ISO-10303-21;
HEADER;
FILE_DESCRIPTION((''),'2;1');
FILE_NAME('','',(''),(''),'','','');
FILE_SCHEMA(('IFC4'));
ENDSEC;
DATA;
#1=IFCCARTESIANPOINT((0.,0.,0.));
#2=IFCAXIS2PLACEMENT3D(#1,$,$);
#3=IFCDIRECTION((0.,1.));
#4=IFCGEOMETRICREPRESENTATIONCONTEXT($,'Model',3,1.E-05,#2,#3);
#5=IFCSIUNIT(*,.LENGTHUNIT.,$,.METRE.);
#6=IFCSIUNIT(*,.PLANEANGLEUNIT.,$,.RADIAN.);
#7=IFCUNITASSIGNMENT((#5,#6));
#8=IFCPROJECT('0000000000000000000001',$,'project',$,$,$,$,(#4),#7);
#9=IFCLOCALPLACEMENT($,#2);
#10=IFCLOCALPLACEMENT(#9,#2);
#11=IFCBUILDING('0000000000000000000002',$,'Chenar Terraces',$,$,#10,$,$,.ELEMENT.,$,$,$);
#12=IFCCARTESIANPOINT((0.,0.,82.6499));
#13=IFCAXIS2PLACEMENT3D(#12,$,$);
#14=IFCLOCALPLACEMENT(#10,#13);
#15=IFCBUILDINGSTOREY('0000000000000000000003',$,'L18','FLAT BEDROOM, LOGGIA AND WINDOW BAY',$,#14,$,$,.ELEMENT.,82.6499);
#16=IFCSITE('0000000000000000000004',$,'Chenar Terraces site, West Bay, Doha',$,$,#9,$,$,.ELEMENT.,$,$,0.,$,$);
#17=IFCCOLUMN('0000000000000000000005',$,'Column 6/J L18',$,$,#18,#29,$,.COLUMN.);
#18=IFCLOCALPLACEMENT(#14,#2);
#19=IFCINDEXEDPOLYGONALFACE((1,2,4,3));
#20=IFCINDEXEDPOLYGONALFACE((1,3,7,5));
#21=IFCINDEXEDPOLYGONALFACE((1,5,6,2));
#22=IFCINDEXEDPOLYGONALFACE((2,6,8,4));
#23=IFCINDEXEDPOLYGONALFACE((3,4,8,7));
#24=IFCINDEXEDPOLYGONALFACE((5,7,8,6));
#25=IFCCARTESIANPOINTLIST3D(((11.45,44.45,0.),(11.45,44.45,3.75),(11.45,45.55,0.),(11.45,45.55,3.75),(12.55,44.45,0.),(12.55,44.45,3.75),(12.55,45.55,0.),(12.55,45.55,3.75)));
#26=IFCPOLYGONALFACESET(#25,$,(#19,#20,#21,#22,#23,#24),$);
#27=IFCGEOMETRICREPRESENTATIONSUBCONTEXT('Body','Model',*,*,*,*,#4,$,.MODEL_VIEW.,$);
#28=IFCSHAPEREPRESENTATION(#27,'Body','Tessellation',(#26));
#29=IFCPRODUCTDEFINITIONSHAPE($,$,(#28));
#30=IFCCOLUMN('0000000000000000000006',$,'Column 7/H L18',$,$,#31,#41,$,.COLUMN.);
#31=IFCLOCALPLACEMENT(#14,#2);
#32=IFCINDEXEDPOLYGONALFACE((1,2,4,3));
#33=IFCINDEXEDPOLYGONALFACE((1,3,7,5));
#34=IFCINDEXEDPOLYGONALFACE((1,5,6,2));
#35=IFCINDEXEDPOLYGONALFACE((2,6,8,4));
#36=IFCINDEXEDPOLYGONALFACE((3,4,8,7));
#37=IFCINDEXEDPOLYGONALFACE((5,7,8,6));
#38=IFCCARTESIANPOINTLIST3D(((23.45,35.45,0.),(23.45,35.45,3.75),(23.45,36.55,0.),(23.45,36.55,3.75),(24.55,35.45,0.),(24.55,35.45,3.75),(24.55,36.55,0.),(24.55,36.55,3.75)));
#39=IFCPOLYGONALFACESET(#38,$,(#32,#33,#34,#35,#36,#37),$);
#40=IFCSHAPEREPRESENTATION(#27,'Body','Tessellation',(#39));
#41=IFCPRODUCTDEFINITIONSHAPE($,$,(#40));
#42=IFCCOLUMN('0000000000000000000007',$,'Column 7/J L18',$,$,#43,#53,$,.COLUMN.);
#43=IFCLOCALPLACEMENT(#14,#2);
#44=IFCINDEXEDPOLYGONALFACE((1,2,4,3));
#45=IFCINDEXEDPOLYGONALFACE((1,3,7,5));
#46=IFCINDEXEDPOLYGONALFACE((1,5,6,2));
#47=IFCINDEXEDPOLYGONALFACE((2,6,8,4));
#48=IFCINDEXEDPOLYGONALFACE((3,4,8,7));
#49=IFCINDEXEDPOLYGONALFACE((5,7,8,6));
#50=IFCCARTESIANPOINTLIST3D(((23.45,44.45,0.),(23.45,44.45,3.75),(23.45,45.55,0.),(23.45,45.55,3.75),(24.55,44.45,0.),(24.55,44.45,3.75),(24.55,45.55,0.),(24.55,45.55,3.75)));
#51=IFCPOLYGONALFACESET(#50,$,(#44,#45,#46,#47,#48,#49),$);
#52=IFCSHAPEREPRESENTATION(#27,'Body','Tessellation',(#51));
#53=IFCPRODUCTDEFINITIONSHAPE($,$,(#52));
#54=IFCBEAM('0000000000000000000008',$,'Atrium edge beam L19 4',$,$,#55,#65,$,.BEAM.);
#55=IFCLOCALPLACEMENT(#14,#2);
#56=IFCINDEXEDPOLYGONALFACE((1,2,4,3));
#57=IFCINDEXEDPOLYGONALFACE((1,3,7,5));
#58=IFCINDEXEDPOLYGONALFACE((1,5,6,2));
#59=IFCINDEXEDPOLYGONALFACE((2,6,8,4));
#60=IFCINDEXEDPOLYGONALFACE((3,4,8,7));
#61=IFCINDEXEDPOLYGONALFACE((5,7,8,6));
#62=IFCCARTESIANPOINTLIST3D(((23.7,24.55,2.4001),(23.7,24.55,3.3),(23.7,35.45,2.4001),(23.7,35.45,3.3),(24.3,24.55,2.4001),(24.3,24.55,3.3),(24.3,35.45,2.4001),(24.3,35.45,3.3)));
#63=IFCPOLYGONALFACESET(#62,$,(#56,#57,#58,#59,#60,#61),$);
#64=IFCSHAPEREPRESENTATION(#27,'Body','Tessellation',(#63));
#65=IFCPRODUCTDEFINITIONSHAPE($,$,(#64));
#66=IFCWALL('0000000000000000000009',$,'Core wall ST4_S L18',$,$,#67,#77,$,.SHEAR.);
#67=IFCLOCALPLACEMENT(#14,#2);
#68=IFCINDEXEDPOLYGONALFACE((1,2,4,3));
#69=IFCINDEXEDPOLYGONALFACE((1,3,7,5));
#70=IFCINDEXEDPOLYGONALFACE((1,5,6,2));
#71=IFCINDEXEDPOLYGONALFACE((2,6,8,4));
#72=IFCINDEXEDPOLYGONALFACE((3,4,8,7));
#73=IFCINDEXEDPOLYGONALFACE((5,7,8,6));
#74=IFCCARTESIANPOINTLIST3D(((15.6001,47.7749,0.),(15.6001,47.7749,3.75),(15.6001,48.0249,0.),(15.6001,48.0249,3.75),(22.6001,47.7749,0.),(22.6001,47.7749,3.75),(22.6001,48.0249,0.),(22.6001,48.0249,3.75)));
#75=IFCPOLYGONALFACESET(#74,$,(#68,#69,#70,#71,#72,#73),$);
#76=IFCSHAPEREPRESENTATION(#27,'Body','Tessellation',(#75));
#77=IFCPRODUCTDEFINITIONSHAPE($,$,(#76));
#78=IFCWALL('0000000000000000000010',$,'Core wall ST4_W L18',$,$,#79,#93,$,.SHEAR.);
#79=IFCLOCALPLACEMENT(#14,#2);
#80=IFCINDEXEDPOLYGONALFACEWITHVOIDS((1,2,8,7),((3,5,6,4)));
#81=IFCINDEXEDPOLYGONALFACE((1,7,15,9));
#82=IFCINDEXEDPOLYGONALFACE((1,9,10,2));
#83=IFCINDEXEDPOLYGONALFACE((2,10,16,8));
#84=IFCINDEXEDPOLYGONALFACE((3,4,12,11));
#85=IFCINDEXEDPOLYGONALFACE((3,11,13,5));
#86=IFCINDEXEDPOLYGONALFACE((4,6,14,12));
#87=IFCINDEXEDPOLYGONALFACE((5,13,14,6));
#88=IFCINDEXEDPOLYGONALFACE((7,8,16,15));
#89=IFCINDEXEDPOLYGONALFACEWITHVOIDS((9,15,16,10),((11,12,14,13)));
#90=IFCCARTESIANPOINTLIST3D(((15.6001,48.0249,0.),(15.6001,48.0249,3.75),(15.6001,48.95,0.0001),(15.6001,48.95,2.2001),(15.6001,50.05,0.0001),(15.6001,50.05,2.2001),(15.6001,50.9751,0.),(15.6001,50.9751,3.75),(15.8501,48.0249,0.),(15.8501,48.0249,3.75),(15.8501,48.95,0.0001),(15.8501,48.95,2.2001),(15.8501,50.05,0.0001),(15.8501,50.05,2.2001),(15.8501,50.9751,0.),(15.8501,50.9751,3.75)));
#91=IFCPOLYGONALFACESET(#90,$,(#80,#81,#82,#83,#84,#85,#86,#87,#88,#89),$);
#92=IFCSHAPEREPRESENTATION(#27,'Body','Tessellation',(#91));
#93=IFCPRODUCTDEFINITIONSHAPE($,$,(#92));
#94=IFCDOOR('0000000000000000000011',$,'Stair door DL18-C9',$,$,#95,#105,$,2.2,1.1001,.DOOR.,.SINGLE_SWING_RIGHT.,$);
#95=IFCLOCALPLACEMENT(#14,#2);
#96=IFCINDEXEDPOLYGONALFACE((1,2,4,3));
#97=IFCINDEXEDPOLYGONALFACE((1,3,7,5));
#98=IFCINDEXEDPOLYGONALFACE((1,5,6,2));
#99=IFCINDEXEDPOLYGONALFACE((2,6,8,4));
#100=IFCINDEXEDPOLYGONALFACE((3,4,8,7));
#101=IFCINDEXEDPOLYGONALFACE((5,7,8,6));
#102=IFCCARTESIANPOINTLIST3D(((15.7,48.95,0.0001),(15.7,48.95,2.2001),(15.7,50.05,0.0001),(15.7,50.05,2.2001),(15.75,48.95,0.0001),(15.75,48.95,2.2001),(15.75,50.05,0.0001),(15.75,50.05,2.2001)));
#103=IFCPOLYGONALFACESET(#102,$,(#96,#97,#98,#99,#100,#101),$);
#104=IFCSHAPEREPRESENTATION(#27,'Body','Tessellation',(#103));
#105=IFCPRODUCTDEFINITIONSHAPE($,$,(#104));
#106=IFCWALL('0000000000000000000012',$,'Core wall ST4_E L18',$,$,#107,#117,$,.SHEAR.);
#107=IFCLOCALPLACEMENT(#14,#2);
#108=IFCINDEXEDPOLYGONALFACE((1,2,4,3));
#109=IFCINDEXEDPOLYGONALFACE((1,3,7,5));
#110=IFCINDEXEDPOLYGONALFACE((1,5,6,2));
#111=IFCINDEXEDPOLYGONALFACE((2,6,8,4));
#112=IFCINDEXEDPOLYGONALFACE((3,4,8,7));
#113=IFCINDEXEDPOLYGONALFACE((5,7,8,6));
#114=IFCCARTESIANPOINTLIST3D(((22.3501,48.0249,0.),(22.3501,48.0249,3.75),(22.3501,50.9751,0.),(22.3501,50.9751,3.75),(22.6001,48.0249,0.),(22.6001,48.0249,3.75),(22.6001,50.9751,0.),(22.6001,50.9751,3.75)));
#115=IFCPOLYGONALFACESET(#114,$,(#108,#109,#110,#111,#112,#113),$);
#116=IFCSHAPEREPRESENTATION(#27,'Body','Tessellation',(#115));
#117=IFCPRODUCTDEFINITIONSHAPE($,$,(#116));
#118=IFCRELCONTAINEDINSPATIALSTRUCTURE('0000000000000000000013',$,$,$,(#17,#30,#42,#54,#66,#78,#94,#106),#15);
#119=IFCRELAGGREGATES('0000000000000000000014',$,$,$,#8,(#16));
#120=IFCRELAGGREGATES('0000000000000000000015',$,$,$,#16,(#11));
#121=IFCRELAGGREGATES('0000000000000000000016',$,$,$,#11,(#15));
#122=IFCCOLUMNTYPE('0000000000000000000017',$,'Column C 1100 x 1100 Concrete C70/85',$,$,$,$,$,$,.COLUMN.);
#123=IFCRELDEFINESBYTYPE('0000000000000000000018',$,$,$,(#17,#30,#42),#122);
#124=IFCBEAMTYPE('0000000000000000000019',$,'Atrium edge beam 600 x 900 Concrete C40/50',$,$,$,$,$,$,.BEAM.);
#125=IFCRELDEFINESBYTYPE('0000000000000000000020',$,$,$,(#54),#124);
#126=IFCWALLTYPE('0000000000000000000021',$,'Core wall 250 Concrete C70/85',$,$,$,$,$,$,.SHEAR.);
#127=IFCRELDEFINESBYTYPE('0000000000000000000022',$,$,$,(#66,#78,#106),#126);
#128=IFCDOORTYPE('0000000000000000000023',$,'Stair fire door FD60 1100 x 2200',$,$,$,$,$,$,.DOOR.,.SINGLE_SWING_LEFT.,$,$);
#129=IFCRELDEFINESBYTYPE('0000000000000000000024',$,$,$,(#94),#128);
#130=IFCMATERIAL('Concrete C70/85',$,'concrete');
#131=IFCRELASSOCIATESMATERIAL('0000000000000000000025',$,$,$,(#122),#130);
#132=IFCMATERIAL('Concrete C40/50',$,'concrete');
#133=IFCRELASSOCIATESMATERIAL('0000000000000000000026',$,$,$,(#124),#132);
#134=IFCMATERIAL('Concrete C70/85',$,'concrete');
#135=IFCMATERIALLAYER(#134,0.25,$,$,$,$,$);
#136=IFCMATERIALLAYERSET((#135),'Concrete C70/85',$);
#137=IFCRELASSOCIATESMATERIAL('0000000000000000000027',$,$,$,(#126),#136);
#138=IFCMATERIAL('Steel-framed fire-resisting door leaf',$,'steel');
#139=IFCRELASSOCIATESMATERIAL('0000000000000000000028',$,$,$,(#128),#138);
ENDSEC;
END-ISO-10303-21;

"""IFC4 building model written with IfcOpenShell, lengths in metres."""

from ifc_helpers import new_model, si_unit, direction, frame, frame_2d, origin, origin_2d, place, context, subcontext, project, spatial, rectangle, extrude, material, layer, layer_set, material_profile, profile_set, type_object, element, fill, save


model = new_model("IFC4")

# Units and contexts
model_context = context("Model", 3, precision=1e-05, world=origin(), true_north=direction((0.0, 1.0)))
body_context = subcontext(model_context, "Body", "Model", "MODEL_VIEW")
ifc_project = project(units=[si_unit("LENGTHUNIT", "METRE"), si_unit("PLANEANGLEUNIT", "RADIAN")], contexts=[model_context])

# Site, building, storey
site_placement = place(None, origin())
site = spatial("IfcSite", under=ifc_project, at=site_placement, Name="Chenar Terraces site, West Bay, Doha", CompositionType="ELEMENT", RefElevation=0.0)
building_placement = place(site_placement, origin())
building = spatial("IfcBuilding", under=site, at=building_placement, Name="Chenar Terraces", CompositionType="ELEMENT")
storey_placement = place(building_placement, frame((0.0, 0.0, 82.6499)))
storey = spatial("IfcBuildingStorey", under=building, at=storey_placement, Name="L18", Description="FLAT BEDROOM, LOGGIA AND WINDOW BAY", CompositionType="ELEMENT", Elevation=82.6499)

# Columns
ifc_material_1 = material(Name="Concrete C70/85", Category="concrete")
ifc_material_profile_1 = material_profile(ifc_material_1, rectangle(XDim=1.1001, YDim=1.1001, at=origin_2d()), Name="C 1100 x 1100")
ifc_profile_set_1 = profile_set([ifc_material_profile_1], Name="Concrete C70/85")
column_type = type_object("IfcColumnType", Name="Column C 1100 x 1100 Concrete C70/85", PredefinedType="COLUMN", material=ifc_profile_set_1)
for number, where, z_axis, x_axis, name in (
    (1, (12.0, 45.0, 0.0), (0.0, 0.0, 1.0), (1.0, 0.0, 0.0), "Column 6/J L18"),
    (2, (24.0, 36.0, 0.0), (0.0, 0.0, 1.0), (1.0, 0.0, 0.0), "Column 7/H L18"),
    (3, (24.0, 45.0, 0.0), (0.0, 0.0, 1.0), (1.0, 0.0, 0.0), "Column 7/J L18"),
):
    element("IfcColumn", number, at=place(storey_placement, frame(where, z_axis=z_axis, x_axis=x_axis)), inside=storey, type_object=column_type, Name=name, PredefinedType="COLUMN", context=body_context, shape_type="SweptSolid", body=[
        extrude(rectangle(XDim=1.1001, YDim=1.1001, at=origin_2d()), origin(), (0.0, 0.0, 1.0), 3.75),
    ])

# Beam
ifc_material_2 = material(Name="Concrete C40/50", Category="concrete")
ifc_material_profile_2 = material_profile(ifc_material_2, rectangle(XDim=0.6001, YDim=0.8999, at=origin_2d()), Name="RC 600 x 900")
ifc_profile_set_2 = profile_set([ifc_material_profile_2], Name="Concrete C40/50")
beam_type = type_object("IfcBeamType", Name="Atrium edge beam 600 x 900 Concrete C40/50", PredefinedType="BEAM", material=ifc_profile_set_2)
beam_placement = place(storey_placement, frame((24.0, 35.45, 2.8501), z_axis=(0.0, -1.0, 0.0), x_axis=(1.0, 0.0, 0.0)))
element("IfcBeam", 4, at=beam_placement, inside=storey, type_object=beam_type, Name="Atrium edge beam L19 4", PredefinedType="BEAM", context=body_context, shape_type="SweptSolid", body=[
    extrude(rectangle(XDim=0.6001, YDim=0.8999, at=origin_2d()), origin(), (0.0, 0.0, 1.0), 10.8999),
])

# Wall
ifc_material_3 = material(Name="Concrete C70/85", Category="concrete")
ifc_layer_1 = layer(ifc_material_3, 0.25)
ifc_layer_set_1 = layer_set([ifc_layer_1], Name="Concrete C70/85")
wall_type_1 = type_object("IfcWallType", Name="Core wall 250 Concrete C70/85", PredefinedType="SHEAR", material=ifc_layer_set_1)
wall_1_placement = place(storey_placement, frame((15.6001, 47.8999, 0.0), z_axis=(0.0, 0.0, 1.0), x_axis=(1.0, 0.0, 0.0)))
element("IfcWall", 5, at=wall_1_placement, inside=storey, type_object=wall_type_1, Name="Core wall ST4_S L18", PredefinedType="SHEAR", context=body_context, shape_type="SweptSolid", body=[
    extrude(rectangle(XDim=7.0, YDim=0.25, at=frame_2d((3.5, 0.0))), origin(), (0.0, 0.0, 1.0), 3.75),
])

# Wall, opening, door
wall_2_placement = place(storey_placement, frame((15.7251, 48.0249, 0.0), z_axis=(0.0, 0.0, 1.0), x_axis=(0.0, 1.0, 0.0)))
wall_2 = element("IfcWall", 6, at=wall_2_placement, inside=storey, type_object=wall_type_1, Name="Core wall ST4_W L18", PredefinedType="SHEAR", context=body_context, shape_type="SweptSolid", body=[
    extrude(rectangle(XDim=2.9502, YDim=0.25, at=frame_2d((1.4751, 0.0))), origin(), (0.0, 0.0, 1.0), 3.75),
])
opening_1_placement = place(wall_2_placement, frame((0.925, 0.0, 0.0)))
opening_1 = element("IfcOpeningElement", 7, at=opening_1_placement, cuts=wall_2, PredefinedType="OPENING", context=body_context, shape_type="SweptSolid", body=[
    extrude(rectangle(XDim=1.1001, YDim=2.2, at=frame_2d((0.55, 1.1001))), frame((0.0, 0.135, 0.0), z_axis=(0.0, -1.0, 0.0), x_axis=(1.0, 0.0, 0.0)), (0.0, 0.0, 1.0), 0.27),
])
ifc_material_4 = material(Name="Steel-framed fire-resisting door leaf", Category="steel")
door_type_1 = type_object("IfcDoorType", Name="Stair fire door FD60 1100 x 2200", OperationType="SINGLE_SWING_LEFT", PredefinedType="DOOR", material=ifc_material_4)
door_1_placement = place(opening_1_placement, frame((1.1001, 0.0, 0.0), z_axis=(0.0, 0.0, 1.0), x_axis=(-1.0, 0.0, 0.0)))
door_1 = element("IfcDoor", 8, at=door_1_placement, inside=storey, type_object=door_type_1, Name="Stair door DL18-C9", OperationType="SINGLE_SWING_RIGHT", OverallHeight=2.2, OverallWidth=1.1001, PredefinedType="DOOR", context=body_context, shape_type="SweptSolid", body=[
    extrude(rectangle(XDim=1.1001, YDim=2.2, at=frame_2d((0.55, 1.1001))), frame((0.0, 0.0249, 0.0), z_axis=(0.0, -1.0, 0.0), x_axis=(1.0, 0.0, 0.0)), (0.0, 0.0, 1.0), 0.05),
])
fill(opening_1, door_1)

# Wall
wall_3_placement = place(storey_placement, frame((22.4751, 48.0249, 0.0), z_axis=(0.0, 0.0, 1.0), x_axis=(0.0, 1.0, 0.0)))
element("IfcWall", 9, at=wall_3_placement, inside=storey, type_object=wall_type_1, Name="Core wall ST4_E L18", PredefinedType="SHEAR", context=body_context, shape_type="SweptSolid", body=[
    extrude(rectangle(XDim=2.9502, YDim=0.25, at=frame_2d((1.4751, 0.0))), origin(), (0.0, 0.0, 1.0), 3.75),
])

save(model, "model.ifc")
